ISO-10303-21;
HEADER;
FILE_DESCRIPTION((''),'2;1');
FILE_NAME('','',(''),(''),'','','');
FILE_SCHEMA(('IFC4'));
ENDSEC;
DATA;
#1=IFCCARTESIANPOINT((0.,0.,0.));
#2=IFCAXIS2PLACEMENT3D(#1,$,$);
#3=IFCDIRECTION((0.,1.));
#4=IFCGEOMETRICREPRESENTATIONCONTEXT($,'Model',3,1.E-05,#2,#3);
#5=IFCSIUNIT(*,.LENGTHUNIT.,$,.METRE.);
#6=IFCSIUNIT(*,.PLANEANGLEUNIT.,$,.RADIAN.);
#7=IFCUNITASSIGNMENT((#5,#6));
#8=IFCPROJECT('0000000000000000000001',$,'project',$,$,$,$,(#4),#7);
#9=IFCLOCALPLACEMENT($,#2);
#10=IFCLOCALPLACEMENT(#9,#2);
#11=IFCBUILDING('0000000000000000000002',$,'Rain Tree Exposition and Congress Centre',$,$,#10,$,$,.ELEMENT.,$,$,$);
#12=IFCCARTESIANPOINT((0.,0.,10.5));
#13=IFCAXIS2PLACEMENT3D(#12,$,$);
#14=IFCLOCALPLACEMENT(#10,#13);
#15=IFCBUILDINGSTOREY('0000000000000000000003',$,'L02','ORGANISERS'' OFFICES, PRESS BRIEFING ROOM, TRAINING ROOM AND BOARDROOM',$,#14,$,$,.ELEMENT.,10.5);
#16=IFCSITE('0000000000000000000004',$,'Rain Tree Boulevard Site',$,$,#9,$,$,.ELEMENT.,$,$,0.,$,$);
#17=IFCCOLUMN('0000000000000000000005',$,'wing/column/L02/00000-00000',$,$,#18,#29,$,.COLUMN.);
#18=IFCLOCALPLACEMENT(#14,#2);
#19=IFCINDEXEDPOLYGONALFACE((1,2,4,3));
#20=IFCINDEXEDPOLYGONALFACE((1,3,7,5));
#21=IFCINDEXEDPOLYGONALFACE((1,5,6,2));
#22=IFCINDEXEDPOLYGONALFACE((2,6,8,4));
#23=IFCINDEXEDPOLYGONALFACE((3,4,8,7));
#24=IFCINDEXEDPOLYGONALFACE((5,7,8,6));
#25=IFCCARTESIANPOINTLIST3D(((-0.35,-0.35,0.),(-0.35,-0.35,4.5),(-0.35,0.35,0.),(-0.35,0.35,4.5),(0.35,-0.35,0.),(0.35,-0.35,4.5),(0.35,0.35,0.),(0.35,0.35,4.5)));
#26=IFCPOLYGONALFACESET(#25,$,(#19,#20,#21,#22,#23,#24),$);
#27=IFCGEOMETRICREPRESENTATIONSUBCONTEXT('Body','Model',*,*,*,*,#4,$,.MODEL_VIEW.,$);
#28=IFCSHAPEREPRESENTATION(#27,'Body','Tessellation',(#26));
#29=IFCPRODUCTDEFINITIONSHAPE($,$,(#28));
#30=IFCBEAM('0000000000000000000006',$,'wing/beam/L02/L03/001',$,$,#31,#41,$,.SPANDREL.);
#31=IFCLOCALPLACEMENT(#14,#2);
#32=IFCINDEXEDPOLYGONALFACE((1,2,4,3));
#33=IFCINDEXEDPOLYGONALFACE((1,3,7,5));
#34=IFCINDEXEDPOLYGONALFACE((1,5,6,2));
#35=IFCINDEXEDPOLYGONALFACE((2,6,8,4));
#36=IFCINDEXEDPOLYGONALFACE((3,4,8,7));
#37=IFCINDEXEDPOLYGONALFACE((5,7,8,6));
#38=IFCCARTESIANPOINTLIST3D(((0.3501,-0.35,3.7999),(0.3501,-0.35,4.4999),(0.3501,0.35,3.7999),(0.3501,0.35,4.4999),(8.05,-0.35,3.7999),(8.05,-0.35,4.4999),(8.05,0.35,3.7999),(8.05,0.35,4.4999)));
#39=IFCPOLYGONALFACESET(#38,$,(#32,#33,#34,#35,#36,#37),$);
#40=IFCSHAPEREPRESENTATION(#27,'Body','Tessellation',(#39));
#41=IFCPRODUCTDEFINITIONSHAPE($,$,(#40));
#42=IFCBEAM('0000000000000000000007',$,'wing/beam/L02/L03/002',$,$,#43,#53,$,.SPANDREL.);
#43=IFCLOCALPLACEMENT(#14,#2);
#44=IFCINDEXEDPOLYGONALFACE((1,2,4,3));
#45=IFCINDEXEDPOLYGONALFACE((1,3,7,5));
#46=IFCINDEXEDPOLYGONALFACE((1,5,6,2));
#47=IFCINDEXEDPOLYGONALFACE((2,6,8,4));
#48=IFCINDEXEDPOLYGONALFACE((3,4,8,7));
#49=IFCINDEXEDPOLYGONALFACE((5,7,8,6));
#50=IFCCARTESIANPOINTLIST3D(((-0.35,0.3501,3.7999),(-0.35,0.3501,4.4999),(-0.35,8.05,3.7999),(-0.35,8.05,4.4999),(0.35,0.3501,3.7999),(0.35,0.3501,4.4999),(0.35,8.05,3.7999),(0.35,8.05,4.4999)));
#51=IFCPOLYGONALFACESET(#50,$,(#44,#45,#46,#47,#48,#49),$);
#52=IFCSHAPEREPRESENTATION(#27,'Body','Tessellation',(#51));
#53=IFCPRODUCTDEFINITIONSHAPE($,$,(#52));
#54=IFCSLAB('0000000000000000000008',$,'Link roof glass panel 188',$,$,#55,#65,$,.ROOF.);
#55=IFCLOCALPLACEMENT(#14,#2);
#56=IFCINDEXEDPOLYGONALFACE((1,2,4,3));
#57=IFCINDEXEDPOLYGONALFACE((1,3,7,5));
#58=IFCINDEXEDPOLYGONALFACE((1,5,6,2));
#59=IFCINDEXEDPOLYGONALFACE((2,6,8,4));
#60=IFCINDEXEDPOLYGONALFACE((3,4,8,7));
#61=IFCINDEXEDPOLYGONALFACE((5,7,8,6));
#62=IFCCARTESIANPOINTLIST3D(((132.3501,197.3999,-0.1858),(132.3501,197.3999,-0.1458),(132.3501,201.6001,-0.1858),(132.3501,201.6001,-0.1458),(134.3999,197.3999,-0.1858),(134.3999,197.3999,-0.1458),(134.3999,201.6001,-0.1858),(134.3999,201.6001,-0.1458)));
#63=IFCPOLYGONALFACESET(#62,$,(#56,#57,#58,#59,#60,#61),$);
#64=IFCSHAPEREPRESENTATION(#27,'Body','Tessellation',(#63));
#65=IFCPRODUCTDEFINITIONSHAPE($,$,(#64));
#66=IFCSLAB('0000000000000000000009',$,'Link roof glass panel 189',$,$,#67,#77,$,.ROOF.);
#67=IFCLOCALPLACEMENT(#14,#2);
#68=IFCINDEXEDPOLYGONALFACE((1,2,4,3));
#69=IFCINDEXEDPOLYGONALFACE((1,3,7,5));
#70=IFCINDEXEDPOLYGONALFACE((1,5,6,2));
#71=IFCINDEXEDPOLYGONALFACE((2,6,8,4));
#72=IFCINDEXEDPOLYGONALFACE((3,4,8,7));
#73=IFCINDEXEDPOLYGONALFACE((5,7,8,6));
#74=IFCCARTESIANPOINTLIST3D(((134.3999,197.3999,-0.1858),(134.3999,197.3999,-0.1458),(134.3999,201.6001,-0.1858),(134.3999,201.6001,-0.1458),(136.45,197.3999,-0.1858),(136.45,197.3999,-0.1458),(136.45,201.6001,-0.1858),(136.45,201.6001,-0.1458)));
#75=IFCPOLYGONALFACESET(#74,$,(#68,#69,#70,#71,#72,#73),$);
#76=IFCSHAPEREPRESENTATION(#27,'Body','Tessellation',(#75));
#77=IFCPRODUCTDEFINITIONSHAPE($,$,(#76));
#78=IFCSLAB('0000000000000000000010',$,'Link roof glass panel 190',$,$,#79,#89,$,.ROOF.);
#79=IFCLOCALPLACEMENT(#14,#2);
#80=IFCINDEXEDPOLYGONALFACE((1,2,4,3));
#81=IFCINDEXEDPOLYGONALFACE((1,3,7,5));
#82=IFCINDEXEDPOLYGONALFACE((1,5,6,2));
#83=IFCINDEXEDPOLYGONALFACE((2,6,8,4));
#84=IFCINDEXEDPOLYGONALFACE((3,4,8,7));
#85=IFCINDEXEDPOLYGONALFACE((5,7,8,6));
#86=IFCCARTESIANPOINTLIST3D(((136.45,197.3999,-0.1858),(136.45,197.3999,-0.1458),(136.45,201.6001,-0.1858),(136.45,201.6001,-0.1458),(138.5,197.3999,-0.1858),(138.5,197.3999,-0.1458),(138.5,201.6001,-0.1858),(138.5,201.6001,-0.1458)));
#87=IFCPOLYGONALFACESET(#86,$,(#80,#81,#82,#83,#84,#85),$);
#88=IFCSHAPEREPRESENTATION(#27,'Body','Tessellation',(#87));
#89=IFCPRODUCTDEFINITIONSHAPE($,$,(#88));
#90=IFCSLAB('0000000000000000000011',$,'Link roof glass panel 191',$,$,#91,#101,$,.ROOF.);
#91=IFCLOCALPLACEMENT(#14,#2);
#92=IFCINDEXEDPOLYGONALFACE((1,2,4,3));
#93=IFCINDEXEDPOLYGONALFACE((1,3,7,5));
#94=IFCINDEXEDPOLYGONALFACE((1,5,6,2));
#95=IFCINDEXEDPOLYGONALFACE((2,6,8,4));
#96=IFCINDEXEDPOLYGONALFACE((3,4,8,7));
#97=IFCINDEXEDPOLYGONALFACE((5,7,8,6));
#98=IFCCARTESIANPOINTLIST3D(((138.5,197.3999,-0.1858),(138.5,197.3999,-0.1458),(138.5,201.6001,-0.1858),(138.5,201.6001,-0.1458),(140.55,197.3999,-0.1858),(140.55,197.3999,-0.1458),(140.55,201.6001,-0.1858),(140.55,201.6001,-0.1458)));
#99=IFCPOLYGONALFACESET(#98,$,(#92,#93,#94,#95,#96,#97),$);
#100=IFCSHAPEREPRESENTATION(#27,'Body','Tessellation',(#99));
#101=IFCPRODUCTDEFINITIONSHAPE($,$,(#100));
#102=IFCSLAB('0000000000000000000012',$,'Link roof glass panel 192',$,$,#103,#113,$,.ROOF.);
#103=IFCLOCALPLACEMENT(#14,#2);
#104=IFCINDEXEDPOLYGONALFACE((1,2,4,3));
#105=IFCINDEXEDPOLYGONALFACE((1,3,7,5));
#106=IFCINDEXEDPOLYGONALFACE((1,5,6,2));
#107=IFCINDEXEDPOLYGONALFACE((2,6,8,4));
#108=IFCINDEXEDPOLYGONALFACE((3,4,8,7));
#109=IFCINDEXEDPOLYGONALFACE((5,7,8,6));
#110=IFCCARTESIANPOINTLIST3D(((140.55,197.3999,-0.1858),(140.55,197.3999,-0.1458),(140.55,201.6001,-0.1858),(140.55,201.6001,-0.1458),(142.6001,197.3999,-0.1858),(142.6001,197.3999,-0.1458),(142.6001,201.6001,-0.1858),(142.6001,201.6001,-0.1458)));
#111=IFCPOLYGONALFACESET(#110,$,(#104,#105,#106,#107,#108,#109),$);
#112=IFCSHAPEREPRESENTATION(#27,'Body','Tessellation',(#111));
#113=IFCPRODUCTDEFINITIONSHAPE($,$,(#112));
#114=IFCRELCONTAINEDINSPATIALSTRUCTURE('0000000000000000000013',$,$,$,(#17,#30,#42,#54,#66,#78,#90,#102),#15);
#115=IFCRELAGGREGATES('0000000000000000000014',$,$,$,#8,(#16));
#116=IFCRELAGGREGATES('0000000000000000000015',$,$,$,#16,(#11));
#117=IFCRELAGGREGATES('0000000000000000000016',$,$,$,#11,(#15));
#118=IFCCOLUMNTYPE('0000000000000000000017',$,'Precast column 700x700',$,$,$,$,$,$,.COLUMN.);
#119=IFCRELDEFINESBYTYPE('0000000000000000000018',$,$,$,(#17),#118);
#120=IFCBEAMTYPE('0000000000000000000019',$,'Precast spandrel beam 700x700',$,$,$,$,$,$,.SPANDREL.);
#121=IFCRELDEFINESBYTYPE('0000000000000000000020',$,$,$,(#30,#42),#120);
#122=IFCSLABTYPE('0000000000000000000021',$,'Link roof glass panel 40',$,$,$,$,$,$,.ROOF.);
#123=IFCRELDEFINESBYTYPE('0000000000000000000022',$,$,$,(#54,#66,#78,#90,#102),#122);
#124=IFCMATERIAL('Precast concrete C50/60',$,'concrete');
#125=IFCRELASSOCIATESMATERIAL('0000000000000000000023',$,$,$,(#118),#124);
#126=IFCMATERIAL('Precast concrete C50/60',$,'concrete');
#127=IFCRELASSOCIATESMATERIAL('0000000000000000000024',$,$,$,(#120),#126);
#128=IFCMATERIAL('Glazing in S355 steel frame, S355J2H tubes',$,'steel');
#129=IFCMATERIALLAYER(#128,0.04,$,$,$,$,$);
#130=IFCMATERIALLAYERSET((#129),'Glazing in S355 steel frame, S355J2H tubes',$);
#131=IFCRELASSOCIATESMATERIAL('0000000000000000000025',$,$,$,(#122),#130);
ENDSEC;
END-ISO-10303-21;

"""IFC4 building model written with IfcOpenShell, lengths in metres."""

from ifc_helpers import new_model, si_unit, direction, frame, origin, origin_with_axes, origin_2d, place, context, subcontext, project, spatial, polyline, rectangle, outline, extrude, material, layer, layer_set, material_profile, profile_set, type_object, element, save


model = new_model("IFC4")

# Units and contexts
model_context = context("Model", 3, precision=1e-05, world=origin(), true_north=direction((0.0, 1.0)))
body_context = subcontext(model_context, "Body", "Model", "MODEL_VIEW")
ifc_project = project(units=[si_unit("LENGTHUNIT", "METRE"), si_unit("PLANEANGLEUNIT", "RADIAN")], contexts=[model_context])

# Site, building, storey
site_placement = place(None, origin())
site = spatial("IfcSite", under=ifc_project, at=site_placement, Name="Rain Tree Boulevard Site", CompositionType="ELEMENT", RefElevation=0.0)
building_placement = place(site_placement, origin())
building = spatial("IfcBuilding", under=site, at=building_placement, Name="Rain Tree Exposition and Congress Centre", CompositionType="ELEMENT")
storey_placement = place(building_placement, frame((0.0, 0.0, 10.5)))
storey = spatial("IfcBuildingStorey", under=building, at=storey_placement, Name="L02", Description="ORGANISERS' OFFICES, PRESS BRIEFING ROOM, TRAINING ROOM AND BOARDROOM", CompositionType="ELEMENT", Elevation=10.5)

# Column
ifc_material_1 = material(Name="Precast concrete C50/60", Category="concrete")
ifc_material_profile_1 = material_profile(ifc_material_1, rectangle(XDim=0.7, YDim=0.7, at=origin_2d()), Name="RC 700x700")
ifc_profile_set_1 = profile_set([ifc_material_profile_1], Name="Precast concrete C50/60")
column_type = type_object("IfcColumnType", Name="Precast column 700x700", PredefinedType="COLUMN", material=ifc_profile_set_1)
column_placement = place(storey_placement, origin_with_axes())
element("IfcColumn", 1, at=column_placement, inside=storey, type_object=column_type, Name="wing/column/L02/00000-00000", PredefinedType="COLUMN", context=body_context, shape_type="SweptSolid", body=[
    extrude(rectangle(XDim=0.7, YDim=0.7, at=origin_2d()), origin(), (0.0, 0.0, 1.0), 4.5),
])

# Beams
ifc_material_2 = material(Name="Precast concrete C50/60", Category="concrete")
ifc_material_profile_2 = material_profile(ifc_material_2, rectangle(XDim=0.7, YDim=0.7, at=origin_2d()), Name="RC 700x700")
ifc_profile_set_2 = profile_set([ifc_material_profile_2], Name="Precast concrete C50/60")
beam_type = type_object("IfcBeamType", Name="Precast spandrel beam 700x700", PredefinedType="SPANDREL", material=ifc_profile_set_2)
for number, where, z_axis, x_axis, name in (
    (2, (0.3501, 0.0, 4.1499), (1.0, 0.0, 0.0), (0.0, 1.0, 0.0), "wing/beam/L02/L03/001"),
    (3, (0.0, 0.3501, 4.1499), (0.0, 1.0, 0.0), (-1.0, 0.0, 0.0), "wing/beam/L02/L03/002"),
):
    element("IfcBeam", number, at=place(storey_placement, frame(where, z_axis=z_axis, x_axis=x_axis)), inside=storey, type_object=beam_type, Name=name, PredefinedType="SPANDREL", context=body_context, shape_type="SweptSolid", body=[
        extrude(rectangle(XDim=0.7, YDim=0.7, at=origin_2d()), origin(), (0.0, 0.0, 1.0), 7.7),
    ])

# Slabs
ifc_material_3 = material(Name="Glazing in S355 steel frame, S355J2H tubes", Category="steel")
ifc_layer_1 = layer(ifc_material_3, 0.04)
ifc_layer_set_1 = layer_set([ifc_layer_1], Name="Glazing in S355 steel frame, S355J2H tubes")
slab_type_1 = type_object("IfcSlabType", Name="Link roof glass panel 40", PredefinedType="ROOF", material=ifc_layer_set_1)
slab_1_placement = place(storey_placement, frame((0.0, 0.0, -0.1858)))
element("IfcSlab", 4, at=slab_1_placement, inside=storey, type_object=slab_type_1, Name="Link roof glass panel 188", PredefinedType="ROOF", context=body_context, shape_type="SweptSolid", body=[
    extrude(outline(polyline([(132.3501, 197.3999), (134.3999, 197.3999), (134.3999, 201.6001), (132.3501, 201.6001), (132.3501, 197.3999)])), origin(), (0.0, 0.0, 1.0), 0.04),
])
slab_2_placement = place(storey_placement, frame((0.0, 0.0, -0.1858)))
element("IfcSlab", 5, at=slab_2_placement, inside=storey, type_object=slab_type_1, Name="Link roof glass panel 189", PredefinedType="ROOF", context=body_context, shape_type="SweptSolid", body=[
    extrude(outline(polyline([(134.3999, 197.3999), (136.45, 197.3999), (136.45, 201.6001), (134.3999, 201.6001), (134.3999, 197.3999)])), origin(), (0.0, 0.0, 1.0), 0.04),
])
slab_3_placement = place(storey_placement, frame((0.0, 0.0, -0.1858)))
element("IfcSlab", 6, at=slab_3_placement, inside=storey, type_object=slab_type_1, Name="Link roof glass panel 190", PredefinedType="ROOF", context=body_context, shape_type="SweptSolid", body=[
    extrude(outline(polyline([(136.45, 197.3999), (138.5, 197.3999), (138.5, 201.6001), (136.45, 201.6001), (136.45, 197.3999)])), origin(), (0.0, 0.0, 1.0), 0.04),
])
slab_4_placement = place(storey_placement, frame((0.0, 0.0, -0.1858)))
element("IfcSlab", 7, at=slab_4_placement, inside=storey, type_object=slab_type_1, Name="Link roof glass panel 191", PredefinedType="ROOF", context=body_context, shape_type="SweptSolid", body=[
    extrude(outline(polyline([(138.5, 197.3999), (140.55, 197.3999), (140.55, 201.6001), (138.5, 201.6001), (138.5, 197.3999)])), origin(), (0.0, 0.0, 1.0), 0.04),
])
slab_5_placement = place(storey_placement, frame((0.0, 0.0, -0.1858)))
element("IfcSlab", 8, at=slab_5_placement, inside=storey, type_object=slab_type_1, Name="Link roof glass panel 192", PredefinedType="ROOF", context=body_context, shape_type="SweptSolid", body=[
    extrude(outline(polyline([(140.55, 197.3999), (142.6001, 197.3999), (142.6001, 201.6001), (140.55, 201.6001), (140.55, 197.3999)])), origin(), (0.0, 0.0, 1.0), 0.04),
])

save(model, "model.ifc")
